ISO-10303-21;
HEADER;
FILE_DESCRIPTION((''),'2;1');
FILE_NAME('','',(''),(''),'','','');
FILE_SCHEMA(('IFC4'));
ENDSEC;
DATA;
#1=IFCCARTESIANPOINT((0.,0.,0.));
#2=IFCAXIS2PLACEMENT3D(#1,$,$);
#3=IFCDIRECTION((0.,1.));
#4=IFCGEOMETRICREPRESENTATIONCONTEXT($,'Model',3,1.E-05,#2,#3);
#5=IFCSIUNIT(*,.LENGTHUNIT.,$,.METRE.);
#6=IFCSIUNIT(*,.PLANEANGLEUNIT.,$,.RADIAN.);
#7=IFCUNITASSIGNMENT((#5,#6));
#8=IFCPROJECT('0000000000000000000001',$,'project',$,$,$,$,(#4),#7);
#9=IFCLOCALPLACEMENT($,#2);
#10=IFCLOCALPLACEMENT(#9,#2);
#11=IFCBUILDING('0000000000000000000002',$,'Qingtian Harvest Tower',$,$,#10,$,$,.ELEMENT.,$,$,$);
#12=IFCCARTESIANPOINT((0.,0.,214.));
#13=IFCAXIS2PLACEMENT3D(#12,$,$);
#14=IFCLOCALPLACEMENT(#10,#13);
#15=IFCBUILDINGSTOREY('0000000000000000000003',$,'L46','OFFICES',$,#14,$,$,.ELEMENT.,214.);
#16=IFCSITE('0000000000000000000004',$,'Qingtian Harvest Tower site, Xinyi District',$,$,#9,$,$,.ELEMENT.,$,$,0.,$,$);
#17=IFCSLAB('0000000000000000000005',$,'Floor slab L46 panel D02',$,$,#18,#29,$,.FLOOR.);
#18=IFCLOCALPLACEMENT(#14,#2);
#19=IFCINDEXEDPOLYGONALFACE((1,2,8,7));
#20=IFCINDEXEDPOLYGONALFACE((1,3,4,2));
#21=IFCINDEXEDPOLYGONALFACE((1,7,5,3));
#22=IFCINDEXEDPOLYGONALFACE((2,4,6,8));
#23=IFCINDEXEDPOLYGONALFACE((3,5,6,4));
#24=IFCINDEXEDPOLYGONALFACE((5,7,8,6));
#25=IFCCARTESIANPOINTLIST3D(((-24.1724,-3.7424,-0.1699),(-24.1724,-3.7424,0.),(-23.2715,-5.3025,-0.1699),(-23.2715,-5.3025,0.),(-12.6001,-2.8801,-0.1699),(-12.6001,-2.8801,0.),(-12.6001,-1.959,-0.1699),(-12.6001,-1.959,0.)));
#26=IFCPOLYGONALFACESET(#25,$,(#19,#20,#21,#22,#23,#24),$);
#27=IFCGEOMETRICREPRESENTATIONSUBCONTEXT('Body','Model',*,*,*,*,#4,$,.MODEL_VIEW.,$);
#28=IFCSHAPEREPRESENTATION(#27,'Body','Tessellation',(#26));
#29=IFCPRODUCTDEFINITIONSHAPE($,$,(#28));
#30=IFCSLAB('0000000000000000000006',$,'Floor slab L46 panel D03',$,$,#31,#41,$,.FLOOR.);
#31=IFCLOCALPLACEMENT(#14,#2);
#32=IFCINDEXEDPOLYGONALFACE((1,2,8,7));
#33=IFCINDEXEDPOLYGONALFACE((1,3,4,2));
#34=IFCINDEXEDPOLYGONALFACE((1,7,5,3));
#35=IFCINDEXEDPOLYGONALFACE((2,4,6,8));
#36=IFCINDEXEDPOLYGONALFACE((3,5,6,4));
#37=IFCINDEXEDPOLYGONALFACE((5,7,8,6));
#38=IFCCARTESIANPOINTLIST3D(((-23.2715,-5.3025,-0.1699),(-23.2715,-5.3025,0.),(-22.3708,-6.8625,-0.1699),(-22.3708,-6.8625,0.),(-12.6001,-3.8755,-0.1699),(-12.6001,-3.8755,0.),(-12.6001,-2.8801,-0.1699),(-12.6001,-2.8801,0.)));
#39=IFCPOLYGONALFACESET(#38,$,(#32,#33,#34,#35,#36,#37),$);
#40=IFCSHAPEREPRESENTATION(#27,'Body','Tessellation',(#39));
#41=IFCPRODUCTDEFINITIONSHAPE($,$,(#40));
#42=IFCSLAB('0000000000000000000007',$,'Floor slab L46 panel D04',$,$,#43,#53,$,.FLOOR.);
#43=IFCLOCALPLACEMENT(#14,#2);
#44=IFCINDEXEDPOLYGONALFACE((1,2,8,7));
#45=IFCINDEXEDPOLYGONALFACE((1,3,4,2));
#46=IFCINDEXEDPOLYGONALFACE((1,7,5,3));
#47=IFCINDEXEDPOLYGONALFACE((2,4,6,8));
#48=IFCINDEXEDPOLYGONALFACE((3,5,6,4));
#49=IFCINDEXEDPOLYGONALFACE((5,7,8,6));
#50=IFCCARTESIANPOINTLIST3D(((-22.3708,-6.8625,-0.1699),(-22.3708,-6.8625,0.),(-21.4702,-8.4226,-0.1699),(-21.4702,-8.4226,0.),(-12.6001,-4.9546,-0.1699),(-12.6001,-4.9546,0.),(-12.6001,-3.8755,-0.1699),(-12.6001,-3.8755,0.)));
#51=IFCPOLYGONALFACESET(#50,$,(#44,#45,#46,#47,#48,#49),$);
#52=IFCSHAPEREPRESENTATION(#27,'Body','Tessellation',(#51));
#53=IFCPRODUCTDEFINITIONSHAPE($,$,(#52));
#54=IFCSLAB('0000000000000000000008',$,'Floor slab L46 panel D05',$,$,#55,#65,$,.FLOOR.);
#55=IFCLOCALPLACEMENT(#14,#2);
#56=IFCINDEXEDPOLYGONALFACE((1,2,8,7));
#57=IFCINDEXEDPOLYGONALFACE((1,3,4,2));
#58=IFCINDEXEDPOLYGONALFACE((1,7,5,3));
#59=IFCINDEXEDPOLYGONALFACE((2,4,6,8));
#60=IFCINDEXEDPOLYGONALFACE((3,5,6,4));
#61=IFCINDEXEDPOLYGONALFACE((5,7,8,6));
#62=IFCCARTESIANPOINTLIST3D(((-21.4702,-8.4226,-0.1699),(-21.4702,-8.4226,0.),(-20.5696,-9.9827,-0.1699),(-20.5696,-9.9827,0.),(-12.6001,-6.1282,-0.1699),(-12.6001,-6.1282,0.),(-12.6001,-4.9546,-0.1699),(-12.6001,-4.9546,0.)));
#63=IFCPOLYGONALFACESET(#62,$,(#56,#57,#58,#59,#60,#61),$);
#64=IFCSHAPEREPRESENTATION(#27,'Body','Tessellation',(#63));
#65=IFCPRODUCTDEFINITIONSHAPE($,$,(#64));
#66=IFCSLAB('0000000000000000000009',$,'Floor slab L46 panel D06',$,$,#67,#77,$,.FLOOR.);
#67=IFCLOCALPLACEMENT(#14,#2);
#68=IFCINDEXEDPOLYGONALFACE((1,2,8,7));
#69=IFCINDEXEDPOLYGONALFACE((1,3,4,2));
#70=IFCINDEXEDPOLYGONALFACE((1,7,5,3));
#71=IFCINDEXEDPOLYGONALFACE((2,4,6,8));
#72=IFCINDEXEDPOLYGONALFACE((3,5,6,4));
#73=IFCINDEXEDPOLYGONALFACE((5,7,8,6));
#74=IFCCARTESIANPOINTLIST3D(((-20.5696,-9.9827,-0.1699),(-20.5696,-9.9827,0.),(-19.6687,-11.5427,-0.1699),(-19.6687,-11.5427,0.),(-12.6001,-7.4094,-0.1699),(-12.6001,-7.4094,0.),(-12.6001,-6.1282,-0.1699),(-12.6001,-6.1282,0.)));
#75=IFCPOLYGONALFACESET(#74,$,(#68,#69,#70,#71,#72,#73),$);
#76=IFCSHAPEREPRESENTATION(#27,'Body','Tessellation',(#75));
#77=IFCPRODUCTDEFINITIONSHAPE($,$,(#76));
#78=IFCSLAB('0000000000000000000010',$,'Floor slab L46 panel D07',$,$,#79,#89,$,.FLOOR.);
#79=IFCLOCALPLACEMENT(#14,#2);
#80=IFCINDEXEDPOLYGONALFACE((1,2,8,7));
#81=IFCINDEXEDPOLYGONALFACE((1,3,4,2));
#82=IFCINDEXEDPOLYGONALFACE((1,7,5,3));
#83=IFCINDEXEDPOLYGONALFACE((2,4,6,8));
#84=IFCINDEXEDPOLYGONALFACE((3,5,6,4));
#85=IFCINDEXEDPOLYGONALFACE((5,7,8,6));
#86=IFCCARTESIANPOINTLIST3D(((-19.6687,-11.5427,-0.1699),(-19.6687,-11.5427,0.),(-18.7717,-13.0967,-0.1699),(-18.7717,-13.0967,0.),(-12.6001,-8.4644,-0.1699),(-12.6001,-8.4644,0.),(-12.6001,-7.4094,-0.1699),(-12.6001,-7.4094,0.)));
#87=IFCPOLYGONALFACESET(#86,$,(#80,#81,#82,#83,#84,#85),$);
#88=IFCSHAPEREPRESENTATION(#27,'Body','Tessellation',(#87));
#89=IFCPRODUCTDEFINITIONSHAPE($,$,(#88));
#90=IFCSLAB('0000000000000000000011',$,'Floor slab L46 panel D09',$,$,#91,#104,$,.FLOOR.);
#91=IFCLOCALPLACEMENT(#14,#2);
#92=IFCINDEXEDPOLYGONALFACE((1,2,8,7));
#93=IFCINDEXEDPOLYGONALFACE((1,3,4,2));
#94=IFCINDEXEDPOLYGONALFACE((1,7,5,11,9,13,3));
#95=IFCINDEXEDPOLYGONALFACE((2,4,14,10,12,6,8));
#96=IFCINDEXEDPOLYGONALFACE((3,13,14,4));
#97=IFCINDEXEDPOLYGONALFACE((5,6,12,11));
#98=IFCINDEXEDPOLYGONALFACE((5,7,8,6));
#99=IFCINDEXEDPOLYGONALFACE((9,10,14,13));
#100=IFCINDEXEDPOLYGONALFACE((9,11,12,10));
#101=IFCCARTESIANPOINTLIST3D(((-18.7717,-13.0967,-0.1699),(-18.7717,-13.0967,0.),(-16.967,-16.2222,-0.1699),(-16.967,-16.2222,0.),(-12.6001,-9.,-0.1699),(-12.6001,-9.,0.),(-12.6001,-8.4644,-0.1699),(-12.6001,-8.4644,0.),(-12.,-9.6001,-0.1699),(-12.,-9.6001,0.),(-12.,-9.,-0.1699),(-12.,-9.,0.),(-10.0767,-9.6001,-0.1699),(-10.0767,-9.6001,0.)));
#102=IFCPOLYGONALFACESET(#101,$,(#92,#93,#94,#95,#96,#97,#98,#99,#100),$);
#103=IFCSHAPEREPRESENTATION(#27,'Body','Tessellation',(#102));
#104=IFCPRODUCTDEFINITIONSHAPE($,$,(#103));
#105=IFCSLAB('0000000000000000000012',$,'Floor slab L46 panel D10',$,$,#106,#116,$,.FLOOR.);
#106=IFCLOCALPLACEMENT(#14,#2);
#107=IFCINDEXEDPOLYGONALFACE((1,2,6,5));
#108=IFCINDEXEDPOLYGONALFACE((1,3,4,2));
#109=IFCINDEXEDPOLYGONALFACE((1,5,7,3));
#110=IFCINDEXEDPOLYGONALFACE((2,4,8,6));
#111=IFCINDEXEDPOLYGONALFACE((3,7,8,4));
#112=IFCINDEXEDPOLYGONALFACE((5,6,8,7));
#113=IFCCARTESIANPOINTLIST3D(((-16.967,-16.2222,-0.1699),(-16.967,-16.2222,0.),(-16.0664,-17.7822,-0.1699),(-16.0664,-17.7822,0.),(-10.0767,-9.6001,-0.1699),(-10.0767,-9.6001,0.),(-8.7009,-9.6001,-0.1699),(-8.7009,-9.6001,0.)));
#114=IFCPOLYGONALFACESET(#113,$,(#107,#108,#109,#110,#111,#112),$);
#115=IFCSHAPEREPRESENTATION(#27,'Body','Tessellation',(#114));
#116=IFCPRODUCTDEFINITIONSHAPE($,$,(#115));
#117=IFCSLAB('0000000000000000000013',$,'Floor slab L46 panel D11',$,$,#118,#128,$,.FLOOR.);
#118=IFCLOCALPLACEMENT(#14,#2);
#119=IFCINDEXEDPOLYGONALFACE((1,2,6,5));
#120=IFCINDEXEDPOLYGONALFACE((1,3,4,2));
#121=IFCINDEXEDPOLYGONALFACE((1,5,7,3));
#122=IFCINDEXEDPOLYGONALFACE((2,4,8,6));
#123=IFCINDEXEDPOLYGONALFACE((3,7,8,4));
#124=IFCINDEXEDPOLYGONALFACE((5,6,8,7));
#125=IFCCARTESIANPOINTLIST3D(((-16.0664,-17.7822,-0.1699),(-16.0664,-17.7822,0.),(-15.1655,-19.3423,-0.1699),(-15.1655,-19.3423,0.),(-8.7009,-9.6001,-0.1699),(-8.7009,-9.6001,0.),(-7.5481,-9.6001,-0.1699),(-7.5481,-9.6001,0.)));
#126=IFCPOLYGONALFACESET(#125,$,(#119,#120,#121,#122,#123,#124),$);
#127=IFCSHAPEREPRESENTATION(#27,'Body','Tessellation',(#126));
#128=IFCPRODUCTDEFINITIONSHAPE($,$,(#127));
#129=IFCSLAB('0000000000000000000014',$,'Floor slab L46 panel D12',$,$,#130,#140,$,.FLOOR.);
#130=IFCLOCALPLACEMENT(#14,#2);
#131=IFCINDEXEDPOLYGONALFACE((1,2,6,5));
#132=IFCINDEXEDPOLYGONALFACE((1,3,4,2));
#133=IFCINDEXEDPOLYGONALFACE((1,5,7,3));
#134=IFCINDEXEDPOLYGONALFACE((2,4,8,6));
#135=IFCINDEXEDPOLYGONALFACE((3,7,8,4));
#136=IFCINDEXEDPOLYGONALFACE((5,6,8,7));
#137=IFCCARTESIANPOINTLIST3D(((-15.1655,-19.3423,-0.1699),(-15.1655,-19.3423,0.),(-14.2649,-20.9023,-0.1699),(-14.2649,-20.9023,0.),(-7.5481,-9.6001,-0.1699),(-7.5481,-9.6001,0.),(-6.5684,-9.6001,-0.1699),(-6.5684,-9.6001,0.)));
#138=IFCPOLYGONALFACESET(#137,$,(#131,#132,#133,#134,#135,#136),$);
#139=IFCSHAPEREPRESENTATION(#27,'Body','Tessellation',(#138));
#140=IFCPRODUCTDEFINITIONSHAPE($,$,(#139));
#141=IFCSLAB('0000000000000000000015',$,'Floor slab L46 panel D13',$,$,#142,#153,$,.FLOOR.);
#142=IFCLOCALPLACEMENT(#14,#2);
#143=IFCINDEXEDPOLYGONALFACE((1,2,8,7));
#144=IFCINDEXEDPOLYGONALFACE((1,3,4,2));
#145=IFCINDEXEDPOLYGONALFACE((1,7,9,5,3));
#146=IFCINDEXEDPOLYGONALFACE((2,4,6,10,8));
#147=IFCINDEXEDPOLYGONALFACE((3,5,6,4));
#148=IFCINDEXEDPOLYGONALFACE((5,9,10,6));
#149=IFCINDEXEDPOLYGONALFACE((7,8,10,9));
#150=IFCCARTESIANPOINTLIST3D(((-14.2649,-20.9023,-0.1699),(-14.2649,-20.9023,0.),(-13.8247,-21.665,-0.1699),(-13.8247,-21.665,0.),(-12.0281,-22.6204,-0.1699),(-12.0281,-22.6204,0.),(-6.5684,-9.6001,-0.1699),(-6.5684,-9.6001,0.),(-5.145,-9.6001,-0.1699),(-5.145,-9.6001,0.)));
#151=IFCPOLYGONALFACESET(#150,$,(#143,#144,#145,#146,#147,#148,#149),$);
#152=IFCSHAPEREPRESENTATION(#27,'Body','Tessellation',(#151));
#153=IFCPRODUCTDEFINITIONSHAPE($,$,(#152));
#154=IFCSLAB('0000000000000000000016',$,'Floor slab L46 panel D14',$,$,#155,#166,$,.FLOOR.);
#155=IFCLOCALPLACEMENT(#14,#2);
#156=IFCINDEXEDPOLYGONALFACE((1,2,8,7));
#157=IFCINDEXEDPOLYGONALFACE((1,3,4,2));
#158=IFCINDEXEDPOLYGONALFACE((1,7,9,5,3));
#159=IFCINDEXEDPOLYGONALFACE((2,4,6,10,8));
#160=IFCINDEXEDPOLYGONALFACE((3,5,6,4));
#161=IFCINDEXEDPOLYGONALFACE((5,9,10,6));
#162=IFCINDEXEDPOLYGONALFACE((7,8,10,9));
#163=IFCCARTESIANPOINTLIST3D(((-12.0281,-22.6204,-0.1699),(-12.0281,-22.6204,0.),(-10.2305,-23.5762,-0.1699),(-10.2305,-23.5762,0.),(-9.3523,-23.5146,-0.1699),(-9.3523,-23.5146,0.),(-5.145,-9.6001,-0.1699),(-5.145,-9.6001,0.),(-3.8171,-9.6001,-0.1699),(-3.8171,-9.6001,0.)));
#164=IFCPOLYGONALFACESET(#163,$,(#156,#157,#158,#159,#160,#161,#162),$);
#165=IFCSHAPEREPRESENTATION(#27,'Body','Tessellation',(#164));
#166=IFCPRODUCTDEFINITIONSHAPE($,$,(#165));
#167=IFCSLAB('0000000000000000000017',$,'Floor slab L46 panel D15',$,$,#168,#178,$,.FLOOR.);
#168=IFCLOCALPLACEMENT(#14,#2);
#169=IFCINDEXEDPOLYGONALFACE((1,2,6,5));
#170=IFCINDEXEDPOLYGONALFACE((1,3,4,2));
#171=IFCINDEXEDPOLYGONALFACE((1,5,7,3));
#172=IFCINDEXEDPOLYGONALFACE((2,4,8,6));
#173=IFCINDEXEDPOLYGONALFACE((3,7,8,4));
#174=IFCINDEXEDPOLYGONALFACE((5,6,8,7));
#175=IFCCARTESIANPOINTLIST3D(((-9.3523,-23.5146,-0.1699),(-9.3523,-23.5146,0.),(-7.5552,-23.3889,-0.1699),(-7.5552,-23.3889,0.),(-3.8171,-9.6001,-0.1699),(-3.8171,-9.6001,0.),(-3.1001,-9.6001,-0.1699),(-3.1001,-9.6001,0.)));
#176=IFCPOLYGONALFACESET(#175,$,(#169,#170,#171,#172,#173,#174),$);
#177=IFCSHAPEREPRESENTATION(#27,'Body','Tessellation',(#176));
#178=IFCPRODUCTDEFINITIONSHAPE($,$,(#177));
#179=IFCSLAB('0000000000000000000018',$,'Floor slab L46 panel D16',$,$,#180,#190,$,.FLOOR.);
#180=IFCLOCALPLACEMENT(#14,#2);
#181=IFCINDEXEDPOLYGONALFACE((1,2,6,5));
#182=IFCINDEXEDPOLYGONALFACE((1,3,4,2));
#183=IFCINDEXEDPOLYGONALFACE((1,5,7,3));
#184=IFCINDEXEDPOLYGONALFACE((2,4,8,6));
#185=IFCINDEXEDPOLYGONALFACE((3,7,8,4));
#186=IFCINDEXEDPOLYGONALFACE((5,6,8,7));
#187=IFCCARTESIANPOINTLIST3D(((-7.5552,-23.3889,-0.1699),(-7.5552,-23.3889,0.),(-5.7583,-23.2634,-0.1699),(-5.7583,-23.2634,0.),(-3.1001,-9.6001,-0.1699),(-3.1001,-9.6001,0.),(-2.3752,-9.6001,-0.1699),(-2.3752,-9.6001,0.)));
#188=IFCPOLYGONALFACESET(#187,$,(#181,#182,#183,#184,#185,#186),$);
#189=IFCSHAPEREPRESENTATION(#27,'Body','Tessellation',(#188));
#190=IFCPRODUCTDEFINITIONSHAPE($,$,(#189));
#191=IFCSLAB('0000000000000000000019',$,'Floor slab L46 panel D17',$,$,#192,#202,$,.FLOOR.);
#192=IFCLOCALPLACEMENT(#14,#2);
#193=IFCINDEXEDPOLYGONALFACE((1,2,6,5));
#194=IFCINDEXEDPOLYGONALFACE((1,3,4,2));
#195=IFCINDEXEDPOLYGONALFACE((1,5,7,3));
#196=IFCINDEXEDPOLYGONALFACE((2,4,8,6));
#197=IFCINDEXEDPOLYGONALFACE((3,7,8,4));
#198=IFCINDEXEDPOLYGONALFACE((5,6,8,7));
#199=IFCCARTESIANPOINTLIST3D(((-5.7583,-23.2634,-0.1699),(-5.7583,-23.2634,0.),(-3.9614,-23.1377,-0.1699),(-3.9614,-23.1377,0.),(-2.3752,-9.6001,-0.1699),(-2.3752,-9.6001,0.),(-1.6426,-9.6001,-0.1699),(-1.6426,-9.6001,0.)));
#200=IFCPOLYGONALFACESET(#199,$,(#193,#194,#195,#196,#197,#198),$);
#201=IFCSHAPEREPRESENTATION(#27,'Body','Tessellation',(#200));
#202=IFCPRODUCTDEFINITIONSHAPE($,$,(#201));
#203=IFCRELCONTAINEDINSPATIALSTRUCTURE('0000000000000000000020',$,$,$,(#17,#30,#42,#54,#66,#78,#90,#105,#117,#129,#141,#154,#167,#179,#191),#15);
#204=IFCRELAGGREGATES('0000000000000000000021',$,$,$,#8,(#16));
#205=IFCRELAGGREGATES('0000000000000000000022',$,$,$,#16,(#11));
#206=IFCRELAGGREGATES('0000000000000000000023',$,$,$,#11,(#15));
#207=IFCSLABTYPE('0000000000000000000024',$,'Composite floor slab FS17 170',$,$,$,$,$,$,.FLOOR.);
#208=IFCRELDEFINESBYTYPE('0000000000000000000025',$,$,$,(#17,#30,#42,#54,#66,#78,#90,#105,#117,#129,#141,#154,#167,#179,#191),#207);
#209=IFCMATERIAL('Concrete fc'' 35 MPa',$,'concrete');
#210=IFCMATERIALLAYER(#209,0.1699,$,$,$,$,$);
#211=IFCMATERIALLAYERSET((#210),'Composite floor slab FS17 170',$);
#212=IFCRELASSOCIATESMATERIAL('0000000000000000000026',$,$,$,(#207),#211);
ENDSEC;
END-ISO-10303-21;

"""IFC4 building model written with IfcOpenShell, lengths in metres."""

from ifc_helpers import new_model, si_unit, direction, frame, origin, place, context, subcontext, project, spatial, polyline, outline, extrude, material, layer, layer_set, type_object, element, save


model = new_model("IFC4")

# Units and contexts
model_context = context("Model", 3, precision=1e-05, world=origin(), true_north=direction((0.0, 1.0)))
body_context = subcontext(model_context, "Body", "Model", "MODEL_VIEW")
ifc_project = project(units=[si_unit("LENGTHUNIT", "METRE"), si_unit("PLANEANGLEUNIT", "RADIAN")], contexts=[model_context])

# Site, building, storey
site_placement = place(None, origin())
site = spatial("IfcSite", under=ifc_project, at=site_placement, Name="Qingtian Harvest Tower site, Xinyi District", CompositionType="ELEMENT", RefElevation=0.0)
building_placement = place(site_placement, origin())
building = spatial("IfcBuilding", under=site, at=building_placement, Name="Qingtian Harvest Tower", CompositionType="ELEMENT")
storey_placement = place(building_placement, frame((0.0, 0.0, 214.0)))
storey = spatial("IfcBuildingStorey", under=building, at=storey_placement, Name="L46", Description="OFFICES", CompositionType="ELEMENT", Elevation=214.0)

# Slabs
ifc_material = material(Name="Concrete fc' 35 MPa", Category="concrete")
ifc_layer = layer(ifc_material, 0.1699)
ifc_layer_set = layer_set([ifc_layer], Name="Composite floor slab FS17 170")
slab_type = type_object("IfcSlabType", Name="Composite floor slab FS17 170", PredefinedType="FLOOR", material=ifc_layer_set)
slab_1_placement = place(storey_placement, frame((0.0, 0.0, -0.1699)))
element("IfcSlab", 1, at=slab_1_placement, inside=storey, type_object=slab_type, Name="Floor slab L46 panel D02", PredefinedType="FLOOR", context=body_context, shape_type="SweptSolid", body=[
    extrude(outline(polyline([(-12.6001, -2.8801), (-23.2715, -5.3025), (-24.1724, -3.7424), (-12.6001, -1.959), (-12.6001, -2.8801)])), origin(), (0.0, 0.0, 1.0), 0.1699),
])
slab_2_placement = place(storey_placement, frame((0.0, 0.0, -0.1699)))
element("IfcSlab", 2, at=slab_2_placement, inside=storey, type_object=slab_type, Name="Floor slab L46 panel D03", PredefinedType="FLOOR", context=body_context, shape_type="SweptSolid", body=[
    extrude(outline(polyline([(-12.6001, -3.8755), (-22.3708, -6.8625), (-23.2715, -5.3025), (-12.6001, -2.8801), (-12.6001, -3.8755)])), origin(), (0.0, 0.0, 1.0), 0.1699),
])
slab_3_placement = place(storey_placement, frame((0.0, 0.0, -0.1699)))
element("IfcSlab", 3, at=slab_3_placement, inside=storey, type_object=slab_type, Name="Floor slab L46 panel D04", PredefinedType="FLOOR", context=body_context, shape_type="SweptSolid", body=[
    extrude(outline(polyline([(-12.6001, -4.9546), (-21.4702, -8.4226), (-22.3708, -6.8625), (-12.6001, -3.8755), (-12.6001, -4.9546)])), origin(), (0.0, 0.0, 1.0), 0.1699),
])
slab_4_placement = place(storey_placement, frame((0.0, 0.0, -0.1699)))
element("IfcSlab", 4, at=slab_4_placement, inside=storey, type_object=slab_type, Name="Floor slab L46 panel D05", PredefinedType="FLOOR", context=body_context, shape_type="SweptSolid", body=[
    extrude(outline(polyline([(-12.6001, -6.1282), (-20.5696, -9.9827), (-21.4702, -8.4226), (-12.6001, -4.9546), (-12.6001, -6.1282)])), origin(), (0.0, 0.0, 1.0), 0.1699),
])
slab_5_placement = place(storey_placement, frame((0.0, 0.0, -0.1699)))
element("IfcSlab", 5, at=slab_5_placement, inside=storey, type_object=slab_type, Name="Floor slab L46 panel D06", PredefinedType="FLOOR", context=body_context, shape_type="SweptSolid", body=[
    extrude(outline(polyline([(-12.6001, -7.4094), (-19.6687, -11.5427), (-20.5696, -9.9827), (-12.6001, -6.1282), (-12.6001, -7.4094)])), origin(), (0.0, 0.0, 1.0), 0.1699),
])
slab_6_placement = place(storey_placement, frame((0.0, 0.0, -0.1699)))
element("IfcSlab", 6, at=slab_6_placement, inside=storey, type_object=slab_type, Name="Floor slab L46 panel D07", PredefinedType="FLOOR", context=body_context, shape_type="SweptSolid", body=[
    extrude(outline(polyline([(-12.6001, -8.4644), (-18.7717, -13.0967), (-19.6687, -11.5427), (-12.6001, -7.4094), (-12.6001, -8.4644)])), origin(), (0.0, 0.0, 1.0), 0.1699),
])
slab_7_placement = place(storey_placement, frame((0.0, 0.0, -0.1699)))
element("IfcSlab", 7, at=slab_7_placement, inside=storey, type_object=slab_type, Name="Floor slab L46 panel D09", PredefinedType="FLOOR", context=body_context, shape_type="SweptSolid", body=[
    extrude(outline(polyline([(-16.967, -16.2222), (-18.7717, -13.0967), (-12.6001, -8.4644), (-12.6001, -9.0), (-12.0, -9.0), (-12.0, -9.6001), (-10.0767, -9.6001), (-16.967, -16.2222)])), origin(), (0.0, 0.0, 1.0), 0.1699),
])
slab_8_placement = place(storey_placement, frame((0.0, 0.0, -0.1699)))
element("IfcSlab", 8, at=slab_8_placement, inside=storey, type_object=slab_type, Name="Floor slab L46 panel D10", PredefinedType="FLOOR", context=body_context, shape_type="SweptSolid", body=[
    extrude(outline(polyline([(-8.7009, -9.6001), (-16.0664, -17.7822), (-16.967, -16.2222), (-10.0767, -9.6001), (-8.7009, -9.6001)])), origin(), (0.0, 0.0, 1.0), 0.1699),
])
slab_9_placement = place(storey_placement, frame((0.0, 0.0, -0.1699)))
element("IfcSlab", 9, at=slab_9_placement, inside=storey, type_object=slab_type, Name="Floor slab L46 panel D11", PredefinedType="FLOOR", context=body_context, shape_type="SweptSolid", body=[
    extrude(outline(polyline([(-7.5481, -9.6001), (-15.1655, -19.3423), (-16.0664, -17.7822), (-8.7009, -9.6001), (-7.5481, -9.6001)])), origin(), (0.0, 0.0, 1.0), 0.1699),
])
slab_10_placement = place(storey_placement, frame((0.0, 0.0, -0.1699)))
element("IfcSlab", 10, at=slab_10_placement, inside=storey, type_object=slab_type, Name="Floor slab L46 panel D12", PredefinedType="FLOOR", context=body_context, shape_type="SweptSolid", body=[
    extrude(outline(polyline([(-6.5684, -9.6001), (-14.2649, -20.9023), (-15.1655, -19.3423), (-7.5481, -9.6001), (-6.5684, -9.6001)])), origin(), (0.0, 0.0, 1.0), 0.1699),
])
slab_11_placement = place(storey_placement, frame((0.0, 0.0, -0.1699)))
element("IfcSlab", 11, at=slab_11_placement, inside=storey, type_object=slab_type, Name="Floor slab L46 panel D13", PredefinedType="FLOOR", context=body_context, shape_type="SweptSolid", body=[
    extrude(outline(polyline([(-6.5684, -9.6001), (-5.145, -9.6001), (-12.0281, -22.6204), (-13.8247, -21.665), (-14.2649, -20.9023), (-6.5684, -9.6001)])), origin(), (0.0, 0.0, 1.0), 0.1699),
])
slab_12_placement = place(storey_placement, frame((0.0, 0.0, -0.1699)))
element("IfcSlab", 12, at=slab_12_placement, inside=storey, type_object=slab_type, Name="Floor slab L46 panel D14", PredefinedType="FLOOR", context=body_context, shape_type="SweptSolid", body=[
    extrude(outline(polyline([(-5.145, -9.6001), (-3.8171, -9.6001), (-9.3523, -23.5146), (-10.2305, -23.5762), (-12.0281, -22.6204), (-5.145, -9.6001)])), origin(), (0.0, 0.0, 1.0), 0.1699),
])
slab_13_placement = place(storey_placement, frame((0.0, 0.0, -0.1699)))
element("IfcSlab", 13, at=slab_13_placement, inside=storey, type_object=slab_type, Name="Floor slab L46 panel D15", PredefinedType="FLOOR", context=body_context, shape_type="SweptSolid", body=[
    extrude(outline(polyline([(-3.1001, -9.6001), (-7.5552, -23.3889), (-9.3523, -23.5146), (-3.8171, -9.6001), (-3.1001, -9.6001)])), origin(), (0.0, 0.0, 1.0), 0.1699),
])
slab_14_placement = place(storey_placement, frame((0.0, 0.0, -0.1699)))
element("IfcSlab", 14, at=slab_14_placement, inside=storey, type_object=slab_type, Name="Floor slab L46 panel D16", PredefinedType="FLOOR", context=body_context, shape_type="SweptSolid", body=[
    extrude(outline(polyline([(-2.3752, -9.6001), (-5.7583, -23.2634), (-7.5552, -23.3889), (-3.1001, -9.6001), (-2.3752, -9.6001)])), origin(), (0.0, 0.0, 1.0), 0.1699),
])
slab_15_placement = place(storey_placement, frame((0.0, 0.0, -0.1699)))
element("IfcSlab", 15, at=slab_15_placement, inside=storey, type_object=slab_type, Name="Floor slab L46 panel D17", PredefinedType="FLOOR", context=body_context, shape_type="SweptSolid", body=[
    extrude(outline(polyline([(-1.6426, -9.6001), (-3.9614, -23.1377), (-5.7583, -23.2634), (-2.3752, -9.6001), (-1.6426, -9.6001)])), origin(), (0.0, 0.0, 1.0), 0.1699),
])

save(model, "model.ifc")
